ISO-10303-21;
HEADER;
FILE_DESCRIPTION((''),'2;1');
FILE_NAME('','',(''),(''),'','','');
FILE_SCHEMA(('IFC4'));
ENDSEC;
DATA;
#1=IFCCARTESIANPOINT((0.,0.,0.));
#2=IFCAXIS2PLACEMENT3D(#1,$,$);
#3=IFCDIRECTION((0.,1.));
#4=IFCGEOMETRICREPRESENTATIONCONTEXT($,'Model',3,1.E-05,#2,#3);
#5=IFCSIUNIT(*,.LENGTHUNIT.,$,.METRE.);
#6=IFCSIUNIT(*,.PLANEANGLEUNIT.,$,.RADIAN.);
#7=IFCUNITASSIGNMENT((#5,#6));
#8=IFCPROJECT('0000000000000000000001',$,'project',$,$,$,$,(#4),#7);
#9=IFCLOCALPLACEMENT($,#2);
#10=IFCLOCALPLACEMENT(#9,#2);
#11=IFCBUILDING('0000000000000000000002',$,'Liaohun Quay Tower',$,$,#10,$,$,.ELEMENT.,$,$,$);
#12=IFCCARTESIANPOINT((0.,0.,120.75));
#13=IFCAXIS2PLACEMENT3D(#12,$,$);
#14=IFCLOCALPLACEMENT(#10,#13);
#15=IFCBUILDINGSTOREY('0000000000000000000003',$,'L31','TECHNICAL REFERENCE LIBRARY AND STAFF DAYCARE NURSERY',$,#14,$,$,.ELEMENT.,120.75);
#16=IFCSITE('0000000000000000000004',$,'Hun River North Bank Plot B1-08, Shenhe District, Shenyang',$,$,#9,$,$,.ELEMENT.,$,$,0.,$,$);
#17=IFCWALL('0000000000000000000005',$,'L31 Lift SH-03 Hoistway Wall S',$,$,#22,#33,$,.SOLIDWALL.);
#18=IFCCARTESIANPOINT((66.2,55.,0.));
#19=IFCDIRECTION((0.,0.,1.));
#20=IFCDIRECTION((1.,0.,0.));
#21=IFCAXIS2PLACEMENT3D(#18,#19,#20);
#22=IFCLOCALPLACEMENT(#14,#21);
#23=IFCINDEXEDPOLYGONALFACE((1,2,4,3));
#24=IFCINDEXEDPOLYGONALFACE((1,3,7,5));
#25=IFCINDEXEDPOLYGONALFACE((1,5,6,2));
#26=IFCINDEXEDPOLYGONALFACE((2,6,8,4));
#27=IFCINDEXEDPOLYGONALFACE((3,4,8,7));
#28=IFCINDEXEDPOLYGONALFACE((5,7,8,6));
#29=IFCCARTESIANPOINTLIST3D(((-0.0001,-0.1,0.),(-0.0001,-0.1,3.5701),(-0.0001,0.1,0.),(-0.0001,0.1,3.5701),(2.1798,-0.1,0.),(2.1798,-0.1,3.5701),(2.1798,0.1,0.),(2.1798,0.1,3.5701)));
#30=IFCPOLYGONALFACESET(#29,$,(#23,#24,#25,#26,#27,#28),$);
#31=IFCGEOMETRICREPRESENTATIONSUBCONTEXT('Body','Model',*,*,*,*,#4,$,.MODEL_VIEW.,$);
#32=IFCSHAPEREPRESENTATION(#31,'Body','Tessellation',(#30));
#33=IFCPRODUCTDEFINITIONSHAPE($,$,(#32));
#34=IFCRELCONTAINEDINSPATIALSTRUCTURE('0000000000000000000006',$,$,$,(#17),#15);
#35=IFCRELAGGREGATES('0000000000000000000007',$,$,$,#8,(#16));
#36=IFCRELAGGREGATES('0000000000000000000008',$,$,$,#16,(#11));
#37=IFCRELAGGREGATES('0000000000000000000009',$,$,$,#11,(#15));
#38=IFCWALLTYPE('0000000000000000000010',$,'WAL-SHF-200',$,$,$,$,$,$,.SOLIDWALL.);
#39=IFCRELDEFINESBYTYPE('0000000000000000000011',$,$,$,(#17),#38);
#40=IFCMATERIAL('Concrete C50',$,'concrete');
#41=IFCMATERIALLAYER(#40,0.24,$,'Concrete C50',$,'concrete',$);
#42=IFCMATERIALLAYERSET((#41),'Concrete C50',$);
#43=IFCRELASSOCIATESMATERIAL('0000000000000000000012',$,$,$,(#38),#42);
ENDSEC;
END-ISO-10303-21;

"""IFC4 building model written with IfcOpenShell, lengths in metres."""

from ifc_helpers import new_model, si_unit, direction, frame, frame_2d, origin, place, context, subcontext, project, spatial, rectangle, extrude, material, layer, layer_set, type_object, element, save


model = new_model("IFC4")

# Units and contexts
model_context = context("Model", 3, precision=1e-05, world=origin(), true_north=direction((0.0, 1.0)))
body_context = subcontext(model_context, "Body", "Model", "MODEL_VIEW")
ifc_project = project(units=[si_unit("LENGTHUNIT", "METRE"), si_unit("PLANEANGLEUNIT", "RADIAN")], contexts=[model_context])

# Site, building, storey
site_placement = place(None, origin())
site = spatial("IfcSite", under=ifc_project, at=site_placement, Name="Hun River North Bank Plot B1-08, Shenhe District, Shenyang", CompositionType="ELEMENT", RefElevation=0.0)
building_placement = place(site_placement, origin())
building = spatial("IfcBuilding", under=site, at=building_placement, Name="Liaohun Quay Tower", CompositionType="ELEMENT")
storey_placement = place(building_placement, frame((0.0, 0.0, 120.75)))
storey = spatial("IfcBuildingStorey", under=building, at=storey_placement, Name="L31", Description="TECHNICAL REFERENCE LIBRARY AND STAFF DAYCARE NURSERY", CompositionType="ELEMENT", Elevation=120.75)

# Shared definitions
ifc_material_1 = material(Name="Concrete C50", Category="concrete")
ifc_layer_1 = layer(ifc_material_1, 0.24, Name="Concrete C50", Category="concrete")
ifc_layer_set_1 = layer_set([ifc_layer_1], Name="Concrete C50")
wall_type_1 = type_object("IfcWallType", Name="WAL-SHF-200", PredefinedType="SOLIDWALL", material=ifc_layer_set_1)

# Wall
wall_1_placement = place(storey_placement, frame((66.2, 55.0, 0.0), z_axis=(0.0, 0.0, 1.0), x_axis=(1.0, 0.0, 0.0)))
element("IfcWall", 1, at=wall_1_placement, inside=storey, type_object=wall_type_1, Name="L31 Lift SH-03 Hoistway Wall S", PredefinedType="SOLIDWALL", context=body_context, shape_type="SweptSolid", body=[
    extrude(rectangle(XDim=2.1799, YDim=0.2, at=frame_2d((1.0898, 0.0))), origin(), (0.0, 0.0, 1.0), 3.5701),
])

save(model, "model.ifc")
